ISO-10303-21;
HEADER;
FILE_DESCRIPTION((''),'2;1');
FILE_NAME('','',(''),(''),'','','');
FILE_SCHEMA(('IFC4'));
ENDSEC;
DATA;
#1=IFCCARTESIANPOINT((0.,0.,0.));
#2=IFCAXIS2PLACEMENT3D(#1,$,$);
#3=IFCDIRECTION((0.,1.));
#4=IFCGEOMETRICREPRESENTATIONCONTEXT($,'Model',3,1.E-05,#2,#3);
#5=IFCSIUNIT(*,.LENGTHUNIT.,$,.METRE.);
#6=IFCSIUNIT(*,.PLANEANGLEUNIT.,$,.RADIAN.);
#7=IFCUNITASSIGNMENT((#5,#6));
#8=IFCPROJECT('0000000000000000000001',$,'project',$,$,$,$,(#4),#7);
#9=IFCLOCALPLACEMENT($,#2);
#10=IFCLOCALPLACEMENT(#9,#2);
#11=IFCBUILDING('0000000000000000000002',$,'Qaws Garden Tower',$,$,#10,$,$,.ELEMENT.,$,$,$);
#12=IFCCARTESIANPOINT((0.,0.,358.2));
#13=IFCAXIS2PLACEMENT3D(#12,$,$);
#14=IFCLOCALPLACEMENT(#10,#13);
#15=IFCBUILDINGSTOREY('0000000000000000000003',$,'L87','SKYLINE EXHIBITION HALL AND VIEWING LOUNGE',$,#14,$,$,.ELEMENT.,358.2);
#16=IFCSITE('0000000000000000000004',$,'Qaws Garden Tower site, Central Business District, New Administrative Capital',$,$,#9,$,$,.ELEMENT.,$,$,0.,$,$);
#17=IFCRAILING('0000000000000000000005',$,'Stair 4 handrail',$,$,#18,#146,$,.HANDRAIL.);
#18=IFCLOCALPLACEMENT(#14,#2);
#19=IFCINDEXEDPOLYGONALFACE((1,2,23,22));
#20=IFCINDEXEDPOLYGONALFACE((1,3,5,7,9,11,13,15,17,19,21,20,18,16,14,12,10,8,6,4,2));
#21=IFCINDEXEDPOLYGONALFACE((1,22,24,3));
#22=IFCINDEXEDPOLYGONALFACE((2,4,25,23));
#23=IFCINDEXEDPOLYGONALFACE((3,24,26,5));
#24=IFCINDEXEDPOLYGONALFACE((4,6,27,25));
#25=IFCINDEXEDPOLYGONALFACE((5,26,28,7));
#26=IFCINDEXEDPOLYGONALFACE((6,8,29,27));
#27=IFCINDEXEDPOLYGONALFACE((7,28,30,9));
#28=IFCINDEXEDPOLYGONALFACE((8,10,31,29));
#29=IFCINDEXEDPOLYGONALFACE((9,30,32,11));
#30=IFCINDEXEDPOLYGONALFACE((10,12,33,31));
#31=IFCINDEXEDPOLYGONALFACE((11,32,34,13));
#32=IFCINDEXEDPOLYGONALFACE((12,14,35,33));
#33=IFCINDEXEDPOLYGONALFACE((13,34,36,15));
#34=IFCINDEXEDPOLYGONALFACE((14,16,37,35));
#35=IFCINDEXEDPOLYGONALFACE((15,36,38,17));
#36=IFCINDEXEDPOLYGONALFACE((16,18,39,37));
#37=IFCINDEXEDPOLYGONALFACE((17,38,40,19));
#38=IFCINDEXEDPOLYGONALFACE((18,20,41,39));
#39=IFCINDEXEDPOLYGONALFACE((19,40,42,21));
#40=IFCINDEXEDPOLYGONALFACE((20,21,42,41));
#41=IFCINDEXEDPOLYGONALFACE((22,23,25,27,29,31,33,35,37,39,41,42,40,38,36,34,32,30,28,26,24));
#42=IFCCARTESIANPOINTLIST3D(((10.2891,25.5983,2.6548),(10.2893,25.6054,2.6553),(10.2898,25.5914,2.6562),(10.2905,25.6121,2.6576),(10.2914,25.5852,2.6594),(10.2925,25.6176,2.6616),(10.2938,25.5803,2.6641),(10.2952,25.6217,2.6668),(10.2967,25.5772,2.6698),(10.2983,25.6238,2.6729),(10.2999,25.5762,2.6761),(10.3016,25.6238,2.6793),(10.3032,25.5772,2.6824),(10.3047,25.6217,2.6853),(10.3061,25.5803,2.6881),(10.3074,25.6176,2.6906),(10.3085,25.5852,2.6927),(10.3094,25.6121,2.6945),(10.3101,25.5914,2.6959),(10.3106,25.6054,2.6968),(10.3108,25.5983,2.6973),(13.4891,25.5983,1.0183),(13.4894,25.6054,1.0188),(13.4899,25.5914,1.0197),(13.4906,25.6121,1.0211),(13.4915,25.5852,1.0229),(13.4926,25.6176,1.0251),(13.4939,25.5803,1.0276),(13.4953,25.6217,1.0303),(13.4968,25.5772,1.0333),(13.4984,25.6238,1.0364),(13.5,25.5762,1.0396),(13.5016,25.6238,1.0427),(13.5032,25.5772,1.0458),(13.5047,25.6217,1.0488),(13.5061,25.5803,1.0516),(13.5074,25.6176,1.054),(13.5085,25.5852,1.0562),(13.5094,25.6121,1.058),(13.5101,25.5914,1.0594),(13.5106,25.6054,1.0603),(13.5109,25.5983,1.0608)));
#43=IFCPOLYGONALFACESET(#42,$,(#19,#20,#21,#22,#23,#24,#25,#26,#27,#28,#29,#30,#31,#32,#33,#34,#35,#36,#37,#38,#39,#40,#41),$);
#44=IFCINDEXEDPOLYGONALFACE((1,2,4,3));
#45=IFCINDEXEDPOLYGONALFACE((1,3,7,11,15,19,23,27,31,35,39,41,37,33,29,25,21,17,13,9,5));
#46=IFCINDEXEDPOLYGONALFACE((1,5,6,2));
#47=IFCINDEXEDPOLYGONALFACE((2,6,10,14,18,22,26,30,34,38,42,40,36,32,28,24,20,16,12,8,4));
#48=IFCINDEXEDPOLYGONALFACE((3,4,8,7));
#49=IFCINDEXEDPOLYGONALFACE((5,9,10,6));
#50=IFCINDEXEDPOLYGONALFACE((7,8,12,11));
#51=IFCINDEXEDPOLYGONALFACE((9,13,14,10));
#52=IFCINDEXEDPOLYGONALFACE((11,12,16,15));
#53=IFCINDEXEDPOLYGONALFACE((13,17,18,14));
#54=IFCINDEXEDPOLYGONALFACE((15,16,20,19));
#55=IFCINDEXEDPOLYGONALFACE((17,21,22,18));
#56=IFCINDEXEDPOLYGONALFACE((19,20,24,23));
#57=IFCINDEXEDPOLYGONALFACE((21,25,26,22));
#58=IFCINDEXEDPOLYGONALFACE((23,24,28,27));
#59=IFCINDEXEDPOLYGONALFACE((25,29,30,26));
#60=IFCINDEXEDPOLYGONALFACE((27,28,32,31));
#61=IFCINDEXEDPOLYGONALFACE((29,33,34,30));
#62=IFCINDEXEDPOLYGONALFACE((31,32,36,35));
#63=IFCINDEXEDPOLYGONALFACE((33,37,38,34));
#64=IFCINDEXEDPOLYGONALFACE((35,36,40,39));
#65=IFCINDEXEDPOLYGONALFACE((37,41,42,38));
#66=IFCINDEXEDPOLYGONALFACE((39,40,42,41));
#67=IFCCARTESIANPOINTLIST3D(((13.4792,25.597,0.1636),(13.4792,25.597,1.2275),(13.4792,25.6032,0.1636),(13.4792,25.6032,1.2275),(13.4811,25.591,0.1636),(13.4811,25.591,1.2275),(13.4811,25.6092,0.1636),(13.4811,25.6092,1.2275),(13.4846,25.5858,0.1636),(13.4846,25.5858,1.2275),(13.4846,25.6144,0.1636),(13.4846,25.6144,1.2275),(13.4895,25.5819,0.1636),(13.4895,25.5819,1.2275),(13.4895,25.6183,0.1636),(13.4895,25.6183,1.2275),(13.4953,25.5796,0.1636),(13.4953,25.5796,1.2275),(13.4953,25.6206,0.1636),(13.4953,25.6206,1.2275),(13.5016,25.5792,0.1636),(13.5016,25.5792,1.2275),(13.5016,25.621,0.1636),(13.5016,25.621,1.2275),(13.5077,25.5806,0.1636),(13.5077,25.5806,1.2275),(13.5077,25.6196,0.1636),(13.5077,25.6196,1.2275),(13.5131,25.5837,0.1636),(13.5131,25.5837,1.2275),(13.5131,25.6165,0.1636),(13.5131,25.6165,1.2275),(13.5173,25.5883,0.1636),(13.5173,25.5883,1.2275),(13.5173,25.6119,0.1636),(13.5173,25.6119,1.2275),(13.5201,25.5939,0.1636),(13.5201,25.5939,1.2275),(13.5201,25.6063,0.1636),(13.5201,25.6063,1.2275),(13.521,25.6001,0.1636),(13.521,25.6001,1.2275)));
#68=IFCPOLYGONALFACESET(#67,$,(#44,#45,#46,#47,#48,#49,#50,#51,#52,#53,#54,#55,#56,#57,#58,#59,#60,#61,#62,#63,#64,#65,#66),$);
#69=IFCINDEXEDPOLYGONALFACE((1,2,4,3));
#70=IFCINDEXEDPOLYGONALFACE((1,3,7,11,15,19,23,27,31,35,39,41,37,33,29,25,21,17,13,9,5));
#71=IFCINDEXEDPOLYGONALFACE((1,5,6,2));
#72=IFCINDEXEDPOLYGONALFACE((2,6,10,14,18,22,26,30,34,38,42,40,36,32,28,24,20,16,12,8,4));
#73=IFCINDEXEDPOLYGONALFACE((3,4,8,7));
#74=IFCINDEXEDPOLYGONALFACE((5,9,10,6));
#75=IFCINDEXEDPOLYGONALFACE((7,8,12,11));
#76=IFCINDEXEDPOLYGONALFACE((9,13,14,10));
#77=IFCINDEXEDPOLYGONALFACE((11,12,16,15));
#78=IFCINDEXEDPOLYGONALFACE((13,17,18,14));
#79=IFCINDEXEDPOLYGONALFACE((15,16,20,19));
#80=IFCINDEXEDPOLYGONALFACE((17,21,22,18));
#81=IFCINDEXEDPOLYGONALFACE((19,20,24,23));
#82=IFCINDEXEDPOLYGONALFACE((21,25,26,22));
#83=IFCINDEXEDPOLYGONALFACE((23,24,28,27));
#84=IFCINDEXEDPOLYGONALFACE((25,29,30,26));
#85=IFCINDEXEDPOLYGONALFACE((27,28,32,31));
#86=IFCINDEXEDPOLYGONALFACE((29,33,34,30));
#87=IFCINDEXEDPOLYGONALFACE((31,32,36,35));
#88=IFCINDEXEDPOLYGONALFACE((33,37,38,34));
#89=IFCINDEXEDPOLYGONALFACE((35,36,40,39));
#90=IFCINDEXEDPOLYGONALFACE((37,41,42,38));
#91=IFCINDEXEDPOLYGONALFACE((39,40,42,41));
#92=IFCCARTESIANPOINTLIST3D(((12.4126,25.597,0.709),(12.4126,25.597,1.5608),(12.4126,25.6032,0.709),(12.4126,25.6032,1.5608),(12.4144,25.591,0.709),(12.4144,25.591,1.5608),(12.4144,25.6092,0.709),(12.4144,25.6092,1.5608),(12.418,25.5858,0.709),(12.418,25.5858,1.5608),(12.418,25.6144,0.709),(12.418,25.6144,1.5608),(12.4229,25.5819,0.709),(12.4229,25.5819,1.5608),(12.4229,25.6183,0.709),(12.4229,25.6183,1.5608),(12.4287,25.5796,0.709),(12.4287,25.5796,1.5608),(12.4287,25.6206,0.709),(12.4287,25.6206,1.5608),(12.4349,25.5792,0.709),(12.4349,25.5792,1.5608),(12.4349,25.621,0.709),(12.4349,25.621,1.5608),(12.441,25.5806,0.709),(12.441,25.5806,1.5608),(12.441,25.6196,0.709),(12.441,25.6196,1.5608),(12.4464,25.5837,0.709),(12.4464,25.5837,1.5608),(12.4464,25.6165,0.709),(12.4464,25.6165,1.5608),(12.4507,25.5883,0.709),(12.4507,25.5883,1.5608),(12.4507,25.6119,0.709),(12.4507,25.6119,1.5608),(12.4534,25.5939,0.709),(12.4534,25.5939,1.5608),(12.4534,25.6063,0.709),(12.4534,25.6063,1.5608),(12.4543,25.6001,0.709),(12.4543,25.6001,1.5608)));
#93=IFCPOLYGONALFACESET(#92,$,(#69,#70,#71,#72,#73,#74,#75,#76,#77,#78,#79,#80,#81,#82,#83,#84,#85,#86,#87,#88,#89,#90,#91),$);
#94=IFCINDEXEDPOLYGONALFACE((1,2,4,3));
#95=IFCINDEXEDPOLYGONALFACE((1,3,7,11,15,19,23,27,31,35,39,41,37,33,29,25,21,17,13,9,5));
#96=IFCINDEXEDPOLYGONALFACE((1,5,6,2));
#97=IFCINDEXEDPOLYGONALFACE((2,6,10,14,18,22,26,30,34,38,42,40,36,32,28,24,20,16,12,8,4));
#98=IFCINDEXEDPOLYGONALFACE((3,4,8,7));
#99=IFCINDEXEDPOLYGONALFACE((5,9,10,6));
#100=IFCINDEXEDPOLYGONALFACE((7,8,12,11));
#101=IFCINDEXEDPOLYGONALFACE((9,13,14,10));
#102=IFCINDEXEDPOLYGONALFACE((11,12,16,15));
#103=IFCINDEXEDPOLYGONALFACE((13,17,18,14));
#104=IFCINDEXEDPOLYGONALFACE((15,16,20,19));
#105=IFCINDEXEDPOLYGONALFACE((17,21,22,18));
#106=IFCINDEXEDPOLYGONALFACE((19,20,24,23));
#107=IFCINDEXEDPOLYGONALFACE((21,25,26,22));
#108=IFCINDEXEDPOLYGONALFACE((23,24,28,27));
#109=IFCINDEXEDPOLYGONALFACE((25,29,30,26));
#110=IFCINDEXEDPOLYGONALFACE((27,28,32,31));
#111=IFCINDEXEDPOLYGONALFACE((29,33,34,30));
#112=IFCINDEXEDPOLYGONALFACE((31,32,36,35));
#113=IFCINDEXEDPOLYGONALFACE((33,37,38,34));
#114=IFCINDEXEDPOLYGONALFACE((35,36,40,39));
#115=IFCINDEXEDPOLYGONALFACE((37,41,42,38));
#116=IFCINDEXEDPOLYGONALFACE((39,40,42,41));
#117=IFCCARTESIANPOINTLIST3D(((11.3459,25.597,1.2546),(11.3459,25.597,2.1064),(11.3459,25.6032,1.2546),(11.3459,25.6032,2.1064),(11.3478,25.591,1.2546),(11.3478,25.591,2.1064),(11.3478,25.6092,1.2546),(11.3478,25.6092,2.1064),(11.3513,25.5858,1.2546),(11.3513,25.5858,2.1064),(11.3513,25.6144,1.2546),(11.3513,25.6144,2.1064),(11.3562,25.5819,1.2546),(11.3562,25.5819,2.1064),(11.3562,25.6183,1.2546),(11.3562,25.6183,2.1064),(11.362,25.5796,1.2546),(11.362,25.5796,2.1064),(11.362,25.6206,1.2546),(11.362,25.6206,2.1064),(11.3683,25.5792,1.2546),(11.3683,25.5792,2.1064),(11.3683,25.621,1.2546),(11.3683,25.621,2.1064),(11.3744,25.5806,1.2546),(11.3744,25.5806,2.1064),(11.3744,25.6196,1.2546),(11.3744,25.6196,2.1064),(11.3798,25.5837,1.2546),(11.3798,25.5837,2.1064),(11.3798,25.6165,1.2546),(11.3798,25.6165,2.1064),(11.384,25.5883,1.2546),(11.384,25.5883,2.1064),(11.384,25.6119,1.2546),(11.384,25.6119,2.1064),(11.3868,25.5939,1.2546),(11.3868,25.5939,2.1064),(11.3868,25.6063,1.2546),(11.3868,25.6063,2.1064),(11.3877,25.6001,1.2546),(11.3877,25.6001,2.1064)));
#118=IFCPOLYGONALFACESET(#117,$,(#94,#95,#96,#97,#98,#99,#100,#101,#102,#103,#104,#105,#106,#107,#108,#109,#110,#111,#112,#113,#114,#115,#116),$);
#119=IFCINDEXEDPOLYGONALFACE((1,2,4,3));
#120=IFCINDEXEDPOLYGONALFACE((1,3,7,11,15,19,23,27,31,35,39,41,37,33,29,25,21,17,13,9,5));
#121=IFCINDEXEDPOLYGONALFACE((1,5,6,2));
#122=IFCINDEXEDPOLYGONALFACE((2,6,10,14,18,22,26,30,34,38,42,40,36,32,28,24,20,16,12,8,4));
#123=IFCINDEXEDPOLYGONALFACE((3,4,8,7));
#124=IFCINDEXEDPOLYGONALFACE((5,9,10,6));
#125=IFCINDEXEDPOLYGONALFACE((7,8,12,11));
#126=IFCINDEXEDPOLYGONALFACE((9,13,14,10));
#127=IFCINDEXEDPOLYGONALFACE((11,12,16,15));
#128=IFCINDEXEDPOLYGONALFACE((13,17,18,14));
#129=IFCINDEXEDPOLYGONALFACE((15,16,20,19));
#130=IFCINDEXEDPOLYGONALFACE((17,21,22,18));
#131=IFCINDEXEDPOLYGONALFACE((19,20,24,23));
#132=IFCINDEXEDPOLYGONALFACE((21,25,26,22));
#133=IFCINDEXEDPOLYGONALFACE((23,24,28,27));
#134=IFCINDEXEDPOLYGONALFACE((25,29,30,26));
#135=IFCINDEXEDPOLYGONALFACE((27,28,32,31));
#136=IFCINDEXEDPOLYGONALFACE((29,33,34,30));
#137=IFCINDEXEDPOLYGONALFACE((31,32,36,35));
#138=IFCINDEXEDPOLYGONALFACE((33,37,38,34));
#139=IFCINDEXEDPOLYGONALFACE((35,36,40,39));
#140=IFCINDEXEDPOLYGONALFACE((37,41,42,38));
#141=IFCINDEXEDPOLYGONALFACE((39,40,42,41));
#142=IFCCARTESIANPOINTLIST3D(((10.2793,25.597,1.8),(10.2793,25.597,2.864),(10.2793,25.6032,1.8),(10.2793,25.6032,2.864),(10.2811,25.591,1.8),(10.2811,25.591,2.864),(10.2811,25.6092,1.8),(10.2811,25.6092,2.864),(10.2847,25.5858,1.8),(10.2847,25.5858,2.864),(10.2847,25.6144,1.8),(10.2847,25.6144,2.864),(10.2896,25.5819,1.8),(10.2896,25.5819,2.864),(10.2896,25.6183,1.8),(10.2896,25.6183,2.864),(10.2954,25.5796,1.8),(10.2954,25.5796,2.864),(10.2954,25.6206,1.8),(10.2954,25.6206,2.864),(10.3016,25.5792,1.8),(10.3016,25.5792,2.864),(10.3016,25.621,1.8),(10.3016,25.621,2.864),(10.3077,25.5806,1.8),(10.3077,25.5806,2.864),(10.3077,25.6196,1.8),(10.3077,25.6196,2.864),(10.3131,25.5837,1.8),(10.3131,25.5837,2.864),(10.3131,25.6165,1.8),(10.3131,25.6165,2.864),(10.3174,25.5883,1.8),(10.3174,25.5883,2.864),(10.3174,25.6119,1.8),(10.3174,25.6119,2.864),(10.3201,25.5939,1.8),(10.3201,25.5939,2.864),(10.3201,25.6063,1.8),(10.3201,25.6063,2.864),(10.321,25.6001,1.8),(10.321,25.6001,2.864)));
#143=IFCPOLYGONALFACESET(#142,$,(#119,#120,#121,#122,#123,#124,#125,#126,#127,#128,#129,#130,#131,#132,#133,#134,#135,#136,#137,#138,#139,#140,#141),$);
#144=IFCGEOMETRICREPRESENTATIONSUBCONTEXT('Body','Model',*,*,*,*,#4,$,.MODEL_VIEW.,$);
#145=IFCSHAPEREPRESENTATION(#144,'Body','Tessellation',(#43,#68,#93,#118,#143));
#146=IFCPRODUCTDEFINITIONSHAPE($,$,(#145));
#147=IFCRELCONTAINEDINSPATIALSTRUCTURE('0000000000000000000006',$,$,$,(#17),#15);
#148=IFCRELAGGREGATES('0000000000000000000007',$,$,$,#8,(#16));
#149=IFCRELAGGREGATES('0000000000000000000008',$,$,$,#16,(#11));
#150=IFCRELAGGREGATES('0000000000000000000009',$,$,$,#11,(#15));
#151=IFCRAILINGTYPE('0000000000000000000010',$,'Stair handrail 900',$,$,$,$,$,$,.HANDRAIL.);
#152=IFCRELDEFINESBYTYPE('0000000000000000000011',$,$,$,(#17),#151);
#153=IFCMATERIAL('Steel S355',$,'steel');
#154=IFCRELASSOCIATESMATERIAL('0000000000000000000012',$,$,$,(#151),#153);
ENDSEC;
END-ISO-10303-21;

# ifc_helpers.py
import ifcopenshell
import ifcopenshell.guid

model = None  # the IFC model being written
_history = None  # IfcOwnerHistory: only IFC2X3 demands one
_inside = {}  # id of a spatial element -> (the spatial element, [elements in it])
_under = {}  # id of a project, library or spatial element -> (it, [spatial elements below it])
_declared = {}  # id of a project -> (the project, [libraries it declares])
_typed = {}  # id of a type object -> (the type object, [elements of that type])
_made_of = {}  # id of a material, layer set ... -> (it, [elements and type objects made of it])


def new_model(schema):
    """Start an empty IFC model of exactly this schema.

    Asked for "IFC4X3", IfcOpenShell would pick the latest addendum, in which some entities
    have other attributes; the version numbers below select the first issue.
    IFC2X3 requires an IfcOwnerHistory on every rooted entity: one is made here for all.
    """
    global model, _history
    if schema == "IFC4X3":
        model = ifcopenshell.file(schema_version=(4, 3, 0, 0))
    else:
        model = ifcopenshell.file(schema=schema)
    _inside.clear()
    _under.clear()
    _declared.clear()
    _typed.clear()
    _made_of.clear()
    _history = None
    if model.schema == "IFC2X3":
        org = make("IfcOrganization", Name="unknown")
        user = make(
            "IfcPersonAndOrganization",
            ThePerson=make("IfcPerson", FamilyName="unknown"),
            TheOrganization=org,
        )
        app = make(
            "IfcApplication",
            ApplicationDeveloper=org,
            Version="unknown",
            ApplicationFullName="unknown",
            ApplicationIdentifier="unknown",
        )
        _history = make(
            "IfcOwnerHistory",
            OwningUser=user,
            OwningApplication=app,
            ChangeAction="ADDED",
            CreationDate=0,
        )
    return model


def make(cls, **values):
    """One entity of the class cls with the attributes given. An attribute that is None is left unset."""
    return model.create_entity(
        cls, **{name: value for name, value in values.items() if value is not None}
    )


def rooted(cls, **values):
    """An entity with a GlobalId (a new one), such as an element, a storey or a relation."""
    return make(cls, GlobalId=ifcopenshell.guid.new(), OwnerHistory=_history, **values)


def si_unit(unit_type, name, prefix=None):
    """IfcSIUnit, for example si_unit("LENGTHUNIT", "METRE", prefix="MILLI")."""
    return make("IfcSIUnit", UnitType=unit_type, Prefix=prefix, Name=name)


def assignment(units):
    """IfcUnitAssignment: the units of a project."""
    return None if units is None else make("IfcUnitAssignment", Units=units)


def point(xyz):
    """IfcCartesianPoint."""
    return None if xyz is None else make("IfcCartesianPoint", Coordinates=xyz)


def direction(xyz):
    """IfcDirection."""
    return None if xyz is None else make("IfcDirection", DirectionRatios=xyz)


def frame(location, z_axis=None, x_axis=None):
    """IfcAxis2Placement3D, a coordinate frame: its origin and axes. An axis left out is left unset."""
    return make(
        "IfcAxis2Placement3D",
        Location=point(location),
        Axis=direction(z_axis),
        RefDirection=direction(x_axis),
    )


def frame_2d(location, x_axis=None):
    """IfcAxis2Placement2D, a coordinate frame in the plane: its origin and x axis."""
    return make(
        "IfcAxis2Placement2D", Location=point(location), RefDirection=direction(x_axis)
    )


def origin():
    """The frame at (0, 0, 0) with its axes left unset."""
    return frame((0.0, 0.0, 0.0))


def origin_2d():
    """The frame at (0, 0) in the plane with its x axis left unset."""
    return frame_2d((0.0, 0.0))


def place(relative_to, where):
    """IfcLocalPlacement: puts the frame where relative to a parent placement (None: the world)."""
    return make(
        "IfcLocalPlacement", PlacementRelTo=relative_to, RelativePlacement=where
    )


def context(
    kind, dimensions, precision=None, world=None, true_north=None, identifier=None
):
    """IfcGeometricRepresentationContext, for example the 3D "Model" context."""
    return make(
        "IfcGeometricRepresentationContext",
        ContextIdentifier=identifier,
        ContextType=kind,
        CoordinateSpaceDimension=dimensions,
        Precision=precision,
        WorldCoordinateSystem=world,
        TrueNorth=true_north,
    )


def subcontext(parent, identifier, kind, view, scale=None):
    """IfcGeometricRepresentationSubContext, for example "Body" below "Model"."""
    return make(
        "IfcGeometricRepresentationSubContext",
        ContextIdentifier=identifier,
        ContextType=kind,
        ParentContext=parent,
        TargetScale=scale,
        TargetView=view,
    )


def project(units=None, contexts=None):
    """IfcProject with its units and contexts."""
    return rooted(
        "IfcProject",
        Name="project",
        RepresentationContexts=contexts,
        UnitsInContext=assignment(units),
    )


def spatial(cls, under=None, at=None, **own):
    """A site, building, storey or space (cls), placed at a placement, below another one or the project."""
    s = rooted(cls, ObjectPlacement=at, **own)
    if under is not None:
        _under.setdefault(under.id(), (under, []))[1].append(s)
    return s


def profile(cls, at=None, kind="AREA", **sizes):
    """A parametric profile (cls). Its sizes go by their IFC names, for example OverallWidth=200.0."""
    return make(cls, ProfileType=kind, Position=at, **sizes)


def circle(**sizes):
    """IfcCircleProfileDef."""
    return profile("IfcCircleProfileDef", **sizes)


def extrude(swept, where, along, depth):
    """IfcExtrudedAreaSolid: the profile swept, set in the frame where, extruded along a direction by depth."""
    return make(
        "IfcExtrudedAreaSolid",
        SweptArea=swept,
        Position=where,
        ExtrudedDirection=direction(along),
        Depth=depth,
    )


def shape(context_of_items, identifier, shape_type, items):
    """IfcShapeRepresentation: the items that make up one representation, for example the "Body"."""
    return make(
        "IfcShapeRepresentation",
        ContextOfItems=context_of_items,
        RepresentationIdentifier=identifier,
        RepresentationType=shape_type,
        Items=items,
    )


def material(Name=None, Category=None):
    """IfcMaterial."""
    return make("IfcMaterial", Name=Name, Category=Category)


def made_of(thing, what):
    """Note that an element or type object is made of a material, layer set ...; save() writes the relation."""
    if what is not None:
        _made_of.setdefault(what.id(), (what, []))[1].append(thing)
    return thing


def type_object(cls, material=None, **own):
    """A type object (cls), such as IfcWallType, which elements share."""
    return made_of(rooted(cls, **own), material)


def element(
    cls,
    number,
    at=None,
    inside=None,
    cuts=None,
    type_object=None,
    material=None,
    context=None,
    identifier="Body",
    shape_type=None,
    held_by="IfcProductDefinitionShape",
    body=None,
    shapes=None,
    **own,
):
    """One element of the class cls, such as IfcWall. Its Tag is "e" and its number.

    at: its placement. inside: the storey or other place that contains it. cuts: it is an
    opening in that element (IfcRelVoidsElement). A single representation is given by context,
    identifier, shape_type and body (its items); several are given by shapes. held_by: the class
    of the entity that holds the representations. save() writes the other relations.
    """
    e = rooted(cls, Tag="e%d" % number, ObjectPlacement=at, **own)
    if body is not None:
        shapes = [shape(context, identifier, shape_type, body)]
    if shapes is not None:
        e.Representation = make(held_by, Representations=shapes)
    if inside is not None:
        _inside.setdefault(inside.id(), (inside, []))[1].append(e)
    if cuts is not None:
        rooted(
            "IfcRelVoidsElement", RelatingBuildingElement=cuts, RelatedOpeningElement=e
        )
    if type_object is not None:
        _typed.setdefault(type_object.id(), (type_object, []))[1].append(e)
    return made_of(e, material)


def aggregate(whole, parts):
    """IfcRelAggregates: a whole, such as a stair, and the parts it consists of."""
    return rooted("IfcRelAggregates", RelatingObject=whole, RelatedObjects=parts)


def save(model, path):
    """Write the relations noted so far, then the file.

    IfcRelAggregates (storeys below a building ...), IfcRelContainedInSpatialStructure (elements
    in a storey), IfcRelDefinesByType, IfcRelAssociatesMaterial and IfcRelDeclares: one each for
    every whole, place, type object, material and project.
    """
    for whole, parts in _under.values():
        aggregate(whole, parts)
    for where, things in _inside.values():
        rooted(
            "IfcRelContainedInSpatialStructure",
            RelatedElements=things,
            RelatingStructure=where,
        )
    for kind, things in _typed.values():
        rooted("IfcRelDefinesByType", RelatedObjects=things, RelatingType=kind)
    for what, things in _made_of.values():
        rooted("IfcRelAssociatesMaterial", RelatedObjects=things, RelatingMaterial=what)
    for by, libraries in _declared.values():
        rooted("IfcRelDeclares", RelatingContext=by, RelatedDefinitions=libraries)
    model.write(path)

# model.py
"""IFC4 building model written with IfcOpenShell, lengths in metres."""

from ifc_helpers import new_model, si_unit, direction, frame, origin, origin_2d, place, context, subcontext, project, spatial, circle, extrude, material, type_object, element, save


model = new_model("IFC4")

# Units and contexts
model_context = context("Model", 3, precision=1e-05, world=origin(), true_north=direction((0.0, 1.0)))
body_context = subcontext(model_context, "Body", "Model", "MODEL_VIEW")
ifc_project = project(units=[si_unit("LENGTHUNIT", "METRE"), si_unit("PLANEANGLEUNIT", "RADIAN")], contexts=[model_context])

# Site, building, storey
site_placement = place(None, origin())
site = spatial("IfcSite", under=ifc_project, at=site_placement, Name="Qaws Garden Tower site, Central Business District, New Administrative Capital", CompositionType="ELEMENT", RefElevation=0.0)
building_placement = place(site_placement, origin())
building = spatial("IfcBuilding", under=site, at=building_placement, Name="Qaws Garden Tower", CompositionType="ELEMENT")
storey_placement = place(building_placement, frame((0.0, 0.0, 358.2)))
storey = spatial("IfcBuildingStorey", under=building, at=storey_placement, Name="L87", Description="SKYLINE EXHIBITION HALL AND VIEWING LOUNGE", CompositionType="ELEMENT", Elevation=358.2)

# Railing
ifc_material_1 = material(Name="Steel S355", Category="steel")
railing_type = type_object("IfcRailingType", Name="Stair handrail 900", PredefinedType="HANDRAIL", material=ifc_material_1)
railing_1_placement = place(storey_placement, frame((13.5, 25.6001, 0.1636)))
element("IfcRailing", 1, at=railing_1_placement, inside=storey, type_object=railing_type, Name="Stair 4 handrail", PredefinedType="HANDRAIL", context=body_context, shape_type="SweptSolid", body=[
    extrude(circle(Radius=0.0239, at=origin_2d()), frame((0.0, 0.0, 0.876), z_axis=(-0.890328, 0.0, 0.455319), x_axis=(0.0, -1.0, 0.0)), (0.0, 0.0, 1.0), 3.5942),
    extrude(circle(Radius=0.021, at=origin_2d()), origin(), (0.0, 0.0, 1.0), 1.064),
    extrude(circle(Radius=0.021, at=origin_2d()), frame((-1.0667, 0.0, 0.5454)), (0.0, 0.0, 1.0), 0.8518),
    extrude(circle(Radius=0.021, at=origin_2d()), frame((-2.1333, 0.0, 1.0911)), (0.0, 0.0, 1.0), 0.8518),
    extrude(circle(Radius=0.021, at=origin_2d()), frame((-3.2, 0.0, 1.6365)), (0.0, 0.0, 1.0), 1.064),
])

save(model, "model.ifc")
